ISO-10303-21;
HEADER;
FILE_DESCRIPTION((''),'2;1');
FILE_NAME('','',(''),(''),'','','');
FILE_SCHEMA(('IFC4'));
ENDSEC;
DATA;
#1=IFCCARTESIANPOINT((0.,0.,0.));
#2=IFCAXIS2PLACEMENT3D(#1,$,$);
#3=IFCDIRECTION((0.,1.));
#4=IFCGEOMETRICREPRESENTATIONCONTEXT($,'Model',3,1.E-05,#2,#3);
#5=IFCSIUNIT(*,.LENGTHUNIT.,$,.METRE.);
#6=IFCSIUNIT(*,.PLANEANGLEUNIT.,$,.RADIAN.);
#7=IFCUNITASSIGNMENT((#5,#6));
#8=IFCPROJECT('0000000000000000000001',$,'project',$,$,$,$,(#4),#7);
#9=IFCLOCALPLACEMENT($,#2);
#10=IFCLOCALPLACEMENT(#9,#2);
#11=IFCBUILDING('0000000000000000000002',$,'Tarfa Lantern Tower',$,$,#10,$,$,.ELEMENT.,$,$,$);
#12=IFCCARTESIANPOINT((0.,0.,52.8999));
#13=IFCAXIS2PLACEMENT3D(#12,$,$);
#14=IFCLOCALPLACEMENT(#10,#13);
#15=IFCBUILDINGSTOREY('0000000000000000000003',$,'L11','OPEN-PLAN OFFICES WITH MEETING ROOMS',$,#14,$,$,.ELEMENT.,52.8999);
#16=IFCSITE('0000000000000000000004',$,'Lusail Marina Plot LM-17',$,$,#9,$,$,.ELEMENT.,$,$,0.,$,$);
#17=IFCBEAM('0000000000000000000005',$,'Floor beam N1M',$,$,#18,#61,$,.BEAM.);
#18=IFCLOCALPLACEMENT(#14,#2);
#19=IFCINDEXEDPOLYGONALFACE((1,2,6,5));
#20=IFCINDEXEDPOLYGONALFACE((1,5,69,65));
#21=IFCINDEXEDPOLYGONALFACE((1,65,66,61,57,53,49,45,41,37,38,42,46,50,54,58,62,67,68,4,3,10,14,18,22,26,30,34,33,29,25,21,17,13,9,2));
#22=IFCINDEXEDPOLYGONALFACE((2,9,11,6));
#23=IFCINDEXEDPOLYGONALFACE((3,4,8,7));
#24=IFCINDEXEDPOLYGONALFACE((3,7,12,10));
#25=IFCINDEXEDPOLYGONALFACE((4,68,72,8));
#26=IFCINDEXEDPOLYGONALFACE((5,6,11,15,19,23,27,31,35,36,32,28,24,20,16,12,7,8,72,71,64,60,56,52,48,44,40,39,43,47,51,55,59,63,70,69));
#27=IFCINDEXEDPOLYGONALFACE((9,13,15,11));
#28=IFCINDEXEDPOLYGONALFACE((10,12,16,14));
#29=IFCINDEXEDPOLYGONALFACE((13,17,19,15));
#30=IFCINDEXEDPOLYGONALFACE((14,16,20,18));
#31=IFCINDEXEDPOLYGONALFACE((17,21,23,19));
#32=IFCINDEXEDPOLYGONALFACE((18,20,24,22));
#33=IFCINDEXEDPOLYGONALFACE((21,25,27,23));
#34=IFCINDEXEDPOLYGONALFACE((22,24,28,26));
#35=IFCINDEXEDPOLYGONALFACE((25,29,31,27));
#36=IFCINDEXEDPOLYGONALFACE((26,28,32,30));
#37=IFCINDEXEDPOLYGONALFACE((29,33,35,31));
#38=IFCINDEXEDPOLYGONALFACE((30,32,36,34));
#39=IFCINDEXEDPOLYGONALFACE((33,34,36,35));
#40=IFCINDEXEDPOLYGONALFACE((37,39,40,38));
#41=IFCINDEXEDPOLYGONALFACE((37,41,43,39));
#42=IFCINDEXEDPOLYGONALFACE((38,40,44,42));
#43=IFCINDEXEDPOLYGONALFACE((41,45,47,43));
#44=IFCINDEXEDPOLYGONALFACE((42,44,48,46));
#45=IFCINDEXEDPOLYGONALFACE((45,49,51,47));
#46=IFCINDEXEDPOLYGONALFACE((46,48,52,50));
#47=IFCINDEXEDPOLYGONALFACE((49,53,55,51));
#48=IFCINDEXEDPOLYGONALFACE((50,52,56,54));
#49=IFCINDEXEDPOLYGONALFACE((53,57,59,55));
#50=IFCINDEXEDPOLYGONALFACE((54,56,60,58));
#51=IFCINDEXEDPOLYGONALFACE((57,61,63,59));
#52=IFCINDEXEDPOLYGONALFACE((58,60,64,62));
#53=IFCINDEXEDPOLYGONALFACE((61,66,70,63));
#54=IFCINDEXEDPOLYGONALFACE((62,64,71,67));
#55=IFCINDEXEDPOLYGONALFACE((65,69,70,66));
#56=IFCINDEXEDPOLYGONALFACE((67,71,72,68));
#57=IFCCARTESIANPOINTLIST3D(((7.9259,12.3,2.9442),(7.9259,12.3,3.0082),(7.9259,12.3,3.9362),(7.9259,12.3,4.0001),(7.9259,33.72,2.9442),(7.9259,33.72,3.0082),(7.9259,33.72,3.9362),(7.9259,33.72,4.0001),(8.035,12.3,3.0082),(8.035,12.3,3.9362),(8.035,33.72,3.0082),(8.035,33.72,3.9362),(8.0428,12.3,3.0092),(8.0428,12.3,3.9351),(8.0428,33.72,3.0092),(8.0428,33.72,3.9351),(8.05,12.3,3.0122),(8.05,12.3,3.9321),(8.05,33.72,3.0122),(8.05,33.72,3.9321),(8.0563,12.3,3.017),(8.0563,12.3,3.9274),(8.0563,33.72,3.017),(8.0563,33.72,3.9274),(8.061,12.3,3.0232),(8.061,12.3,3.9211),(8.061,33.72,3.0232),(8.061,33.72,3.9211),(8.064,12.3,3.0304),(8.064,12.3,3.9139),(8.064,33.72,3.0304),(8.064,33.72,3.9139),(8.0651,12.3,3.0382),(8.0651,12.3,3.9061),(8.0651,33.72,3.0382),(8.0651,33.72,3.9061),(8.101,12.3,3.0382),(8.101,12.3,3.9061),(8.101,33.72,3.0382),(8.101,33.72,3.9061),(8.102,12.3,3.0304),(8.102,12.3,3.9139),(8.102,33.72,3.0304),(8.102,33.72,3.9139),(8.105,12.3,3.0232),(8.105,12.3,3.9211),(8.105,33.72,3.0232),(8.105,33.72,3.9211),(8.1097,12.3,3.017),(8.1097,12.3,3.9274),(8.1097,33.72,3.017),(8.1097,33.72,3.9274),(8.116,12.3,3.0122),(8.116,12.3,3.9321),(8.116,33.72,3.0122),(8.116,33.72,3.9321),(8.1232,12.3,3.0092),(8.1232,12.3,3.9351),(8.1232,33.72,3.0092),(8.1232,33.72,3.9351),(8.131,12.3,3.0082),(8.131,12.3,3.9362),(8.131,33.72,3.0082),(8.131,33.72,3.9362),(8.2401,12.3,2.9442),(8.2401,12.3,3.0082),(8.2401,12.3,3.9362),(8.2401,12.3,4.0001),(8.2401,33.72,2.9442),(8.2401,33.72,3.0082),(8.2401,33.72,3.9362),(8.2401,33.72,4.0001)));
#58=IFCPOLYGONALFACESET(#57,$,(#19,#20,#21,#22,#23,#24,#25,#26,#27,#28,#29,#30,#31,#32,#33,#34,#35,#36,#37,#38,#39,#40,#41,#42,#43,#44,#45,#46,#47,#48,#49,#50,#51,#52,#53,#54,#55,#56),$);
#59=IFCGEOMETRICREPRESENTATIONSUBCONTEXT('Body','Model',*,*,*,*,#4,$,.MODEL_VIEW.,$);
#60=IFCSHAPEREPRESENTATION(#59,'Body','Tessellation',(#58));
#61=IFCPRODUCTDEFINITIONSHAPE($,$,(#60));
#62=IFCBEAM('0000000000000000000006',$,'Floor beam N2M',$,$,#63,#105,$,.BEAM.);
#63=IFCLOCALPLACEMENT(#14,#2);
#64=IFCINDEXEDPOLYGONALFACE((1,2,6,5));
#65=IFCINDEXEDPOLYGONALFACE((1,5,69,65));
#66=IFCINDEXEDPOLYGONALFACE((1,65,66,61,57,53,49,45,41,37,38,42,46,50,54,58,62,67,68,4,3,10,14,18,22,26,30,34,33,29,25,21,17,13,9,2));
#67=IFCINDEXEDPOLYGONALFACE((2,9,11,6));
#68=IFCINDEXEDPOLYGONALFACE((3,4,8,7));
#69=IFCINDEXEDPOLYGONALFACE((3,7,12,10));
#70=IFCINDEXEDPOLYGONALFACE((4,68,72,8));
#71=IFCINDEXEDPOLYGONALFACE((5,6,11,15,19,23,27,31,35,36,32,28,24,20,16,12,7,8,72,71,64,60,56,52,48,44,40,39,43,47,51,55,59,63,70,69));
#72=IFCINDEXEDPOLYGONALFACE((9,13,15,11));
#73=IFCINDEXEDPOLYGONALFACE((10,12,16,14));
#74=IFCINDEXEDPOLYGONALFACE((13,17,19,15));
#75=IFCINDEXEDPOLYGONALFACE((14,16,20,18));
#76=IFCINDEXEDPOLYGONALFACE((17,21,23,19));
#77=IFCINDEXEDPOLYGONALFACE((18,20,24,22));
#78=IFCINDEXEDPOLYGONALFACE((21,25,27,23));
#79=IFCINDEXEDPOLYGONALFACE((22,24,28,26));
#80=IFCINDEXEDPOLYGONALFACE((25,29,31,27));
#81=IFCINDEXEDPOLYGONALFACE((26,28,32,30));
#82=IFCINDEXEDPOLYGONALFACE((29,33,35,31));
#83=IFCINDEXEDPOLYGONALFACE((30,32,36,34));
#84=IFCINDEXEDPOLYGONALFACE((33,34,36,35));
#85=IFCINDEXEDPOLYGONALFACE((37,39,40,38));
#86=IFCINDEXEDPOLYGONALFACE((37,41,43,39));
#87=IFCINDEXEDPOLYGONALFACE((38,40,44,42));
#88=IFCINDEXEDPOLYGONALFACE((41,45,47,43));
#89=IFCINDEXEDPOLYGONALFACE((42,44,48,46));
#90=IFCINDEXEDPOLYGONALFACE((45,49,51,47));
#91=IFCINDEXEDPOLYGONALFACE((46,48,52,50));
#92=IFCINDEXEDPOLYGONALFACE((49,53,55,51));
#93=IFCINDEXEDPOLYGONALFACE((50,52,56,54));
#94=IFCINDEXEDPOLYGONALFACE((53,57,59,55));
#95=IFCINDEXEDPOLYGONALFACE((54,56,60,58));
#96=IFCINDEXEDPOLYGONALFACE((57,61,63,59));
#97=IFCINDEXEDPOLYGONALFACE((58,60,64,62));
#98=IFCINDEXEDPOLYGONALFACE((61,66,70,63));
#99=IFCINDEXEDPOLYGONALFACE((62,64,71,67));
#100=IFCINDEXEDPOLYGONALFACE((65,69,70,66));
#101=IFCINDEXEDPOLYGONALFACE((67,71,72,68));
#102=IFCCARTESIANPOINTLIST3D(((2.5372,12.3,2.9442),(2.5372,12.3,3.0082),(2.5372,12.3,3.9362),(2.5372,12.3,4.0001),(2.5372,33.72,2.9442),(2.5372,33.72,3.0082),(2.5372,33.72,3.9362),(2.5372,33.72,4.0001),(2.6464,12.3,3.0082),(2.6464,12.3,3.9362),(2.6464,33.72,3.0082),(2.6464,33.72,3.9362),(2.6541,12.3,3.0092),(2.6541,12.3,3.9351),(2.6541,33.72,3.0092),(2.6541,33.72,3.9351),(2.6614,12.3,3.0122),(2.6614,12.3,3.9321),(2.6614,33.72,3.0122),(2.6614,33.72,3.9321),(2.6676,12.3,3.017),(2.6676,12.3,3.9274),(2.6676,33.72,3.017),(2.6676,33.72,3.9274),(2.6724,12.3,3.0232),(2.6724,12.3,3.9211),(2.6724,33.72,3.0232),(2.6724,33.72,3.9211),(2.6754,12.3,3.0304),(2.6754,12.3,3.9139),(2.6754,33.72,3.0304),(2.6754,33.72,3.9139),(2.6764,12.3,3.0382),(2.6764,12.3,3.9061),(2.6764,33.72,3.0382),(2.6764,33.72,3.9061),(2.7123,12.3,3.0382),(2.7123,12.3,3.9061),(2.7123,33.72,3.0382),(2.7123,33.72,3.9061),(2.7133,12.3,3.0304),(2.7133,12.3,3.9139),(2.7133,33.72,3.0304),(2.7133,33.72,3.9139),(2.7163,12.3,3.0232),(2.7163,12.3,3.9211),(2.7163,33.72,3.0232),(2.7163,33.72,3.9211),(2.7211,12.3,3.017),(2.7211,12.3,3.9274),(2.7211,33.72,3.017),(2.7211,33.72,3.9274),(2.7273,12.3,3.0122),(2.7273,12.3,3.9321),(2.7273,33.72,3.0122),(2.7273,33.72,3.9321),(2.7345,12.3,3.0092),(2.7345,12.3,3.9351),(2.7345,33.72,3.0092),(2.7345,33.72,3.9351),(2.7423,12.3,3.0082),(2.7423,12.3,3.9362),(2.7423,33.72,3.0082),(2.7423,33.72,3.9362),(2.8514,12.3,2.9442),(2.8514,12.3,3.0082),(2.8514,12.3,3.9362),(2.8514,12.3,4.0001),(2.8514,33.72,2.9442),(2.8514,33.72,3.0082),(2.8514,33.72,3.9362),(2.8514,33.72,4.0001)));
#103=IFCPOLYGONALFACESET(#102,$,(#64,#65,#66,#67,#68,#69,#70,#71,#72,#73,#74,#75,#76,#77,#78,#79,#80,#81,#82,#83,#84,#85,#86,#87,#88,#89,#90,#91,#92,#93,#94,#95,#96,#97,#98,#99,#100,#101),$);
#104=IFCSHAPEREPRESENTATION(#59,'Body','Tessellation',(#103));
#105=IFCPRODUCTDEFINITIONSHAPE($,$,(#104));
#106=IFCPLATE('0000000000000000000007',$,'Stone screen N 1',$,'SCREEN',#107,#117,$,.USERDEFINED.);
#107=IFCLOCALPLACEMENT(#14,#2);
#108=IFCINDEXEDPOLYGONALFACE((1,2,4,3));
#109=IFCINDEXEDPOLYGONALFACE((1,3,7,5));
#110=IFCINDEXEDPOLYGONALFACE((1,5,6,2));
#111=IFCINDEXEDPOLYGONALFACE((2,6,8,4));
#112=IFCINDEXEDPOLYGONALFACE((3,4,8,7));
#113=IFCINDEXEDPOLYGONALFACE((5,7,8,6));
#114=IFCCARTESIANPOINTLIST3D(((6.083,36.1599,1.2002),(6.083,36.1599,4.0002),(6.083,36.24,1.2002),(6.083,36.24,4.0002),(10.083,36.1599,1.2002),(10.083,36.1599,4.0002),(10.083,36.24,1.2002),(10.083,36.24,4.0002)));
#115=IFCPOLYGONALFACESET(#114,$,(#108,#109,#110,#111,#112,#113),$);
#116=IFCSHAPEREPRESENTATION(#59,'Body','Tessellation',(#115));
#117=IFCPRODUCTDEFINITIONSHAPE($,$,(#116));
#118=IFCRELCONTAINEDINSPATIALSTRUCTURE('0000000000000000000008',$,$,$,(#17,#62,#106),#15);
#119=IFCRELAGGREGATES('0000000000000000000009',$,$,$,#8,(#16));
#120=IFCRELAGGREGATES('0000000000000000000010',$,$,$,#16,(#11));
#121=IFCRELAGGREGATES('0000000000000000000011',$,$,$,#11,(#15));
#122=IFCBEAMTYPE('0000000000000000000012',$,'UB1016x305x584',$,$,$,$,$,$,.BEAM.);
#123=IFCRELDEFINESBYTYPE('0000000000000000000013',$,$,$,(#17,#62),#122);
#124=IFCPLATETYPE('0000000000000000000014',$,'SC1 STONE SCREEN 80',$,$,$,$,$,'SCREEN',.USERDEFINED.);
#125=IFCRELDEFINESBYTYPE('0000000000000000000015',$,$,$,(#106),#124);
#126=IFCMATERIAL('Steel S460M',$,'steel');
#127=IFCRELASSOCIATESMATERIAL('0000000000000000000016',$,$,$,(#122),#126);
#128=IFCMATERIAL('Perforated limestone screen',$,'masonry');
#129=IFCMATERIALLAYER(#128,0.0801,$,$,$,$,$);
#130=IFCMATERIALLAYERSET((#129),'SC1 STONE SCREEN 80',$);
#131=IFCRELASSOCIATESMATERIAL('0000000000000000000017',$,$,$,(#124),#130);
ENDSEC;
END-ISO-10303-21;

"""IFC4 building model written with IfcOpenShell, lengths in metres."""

from ifc_helpers import new_model, si_unit, direction, frame, origin, origin_2d, place, context, subcontext, project, spatial, rectangle, i_section, extrude, material, layer, layer_set, material_profile, profile_set, type_object, element, save


model = new_model("IFC4")

# Units and contexts
model_context = context("Model", 3, precision=1e-05, world=origin(), true_north=direction((0.0, 1.0)))
body_context = subcontext(model_context, "Body", "Model", "MODEL_VIEW")
ifc_project = project(units=[si_unit("LENGTHUNIT", "METRE"), si_unit("PLANEANGLEUNIT", "RADIAN")], contexts=[model_context])

# Site, building, storey
site_placement = place(None, origin())
site = spatial("IfcSite", under=ifc_project, at=site_placement, Name="Lusail Marina Plot LM-17", CompositionType="ELEMENT", RefElevation=0.0)
building_placement = place(site_placement, origin())
building = spatial("IfcBuilding", under=site, at=building_placement, Name="Tarfa Lantern Tower", CompositionType="ELEMENT")
storey_placement = place(building_placement, frame((0.0, 0.0, 52.8999)))
storey = spatial("IfcBuildingStorey", under=building, at=storey_placement, Name="L11", Description="OPEN-PLAN OFFICES WITH MEETING ROOMS", CompositionType="ELEMENT", Elevation=52.8999)

# Beams
ifc_material_1 = material(Name="Steel S460M", Category="steel")
ifc_material_profile_1 = material_profile(ifc_material_1, i_section(OverallWidth=0.3142, OverallDepth=1.0559, WebThickness=0.0359, FlangeThickness=0.064, FilletRadius=0.03, at=origin_2d()), Name="UB1016x305x584")
ifc_profile_set_1 = profile_set([ifc_material_profile_1], Name="Steel S460M")
beam_type_1 = type_object("IfcBeamType", Name="UB1016x305x584", PredefinedType="BEAM", material=ifc_profile_set_1)
for number, where, z_axis, x_axis, name in (
    (1, (8.083, 33.72, 3.4722), (0.0, -1.0, 0.0), (1.0, 0.0, 0.0), "Floor beam N1M"),
    (2, (2.6943, 33.72, 3.4722), (0.0, -1.0, 0.0), (1.0, 0.0, 0.0), "Floor beam N2M"),
):
    element("IfcBeam", number, at=place(storey_placement, frame(where, z_axis=z_axis, x_axis=x_axis)), inside=storey, type_object=beam_type_1, Name=name, PredefinedType="BEAM", context=body_context, shape_type="SweptSolid", body=[
        extrude(i_section(OverallWidth=0.3142, OverallDepth=1.0559, WebThickness=0.0359, FlangeThickness=0.064, FilletRadius=0.03, at=origin_2d()), origin(), (0.0, 0.0, 1.0), 21.4199),
    ])

# Plate
ifc_material_2 = material(Name="Perforated limestone screen", Category="masonry")
ifc_layer_1 = layer(ifc_material_2, 0.0801)
ifc_layer_set_1 = layer_set([ifc_layer_1], Name="SC1 STONE SCREEN 80")
plate_type = type_object("IfcPlateType", Name="SC1 STONE SCREEN 80", ElementType="SCREEN", PredefinedType="USERDEFINED", material=ifc_layer_set_1)
plate_placement = place(storey_placement, frame((8.083, 36.2, 1.2002), z_axis=(0.0, 0.0, 1.0), x_axis=(-1.0, 0.0, 0.0)))
element("IfcPlate", 3, at=plate_placement, inside=storey, type_object=plate_type, Name="Stone screen N 1", ObjectType="SCREEN", PredefinedType="USERDEFINED", context=body_context, shape_type="SweptSolid", body=[
    extrude(rectangle(XDim=4.0, YDim=0.0801, at=origin_2d()), origin(), (0.0, 0.0, 1.0), 2.8),
])

save(model, "model.ifc")
